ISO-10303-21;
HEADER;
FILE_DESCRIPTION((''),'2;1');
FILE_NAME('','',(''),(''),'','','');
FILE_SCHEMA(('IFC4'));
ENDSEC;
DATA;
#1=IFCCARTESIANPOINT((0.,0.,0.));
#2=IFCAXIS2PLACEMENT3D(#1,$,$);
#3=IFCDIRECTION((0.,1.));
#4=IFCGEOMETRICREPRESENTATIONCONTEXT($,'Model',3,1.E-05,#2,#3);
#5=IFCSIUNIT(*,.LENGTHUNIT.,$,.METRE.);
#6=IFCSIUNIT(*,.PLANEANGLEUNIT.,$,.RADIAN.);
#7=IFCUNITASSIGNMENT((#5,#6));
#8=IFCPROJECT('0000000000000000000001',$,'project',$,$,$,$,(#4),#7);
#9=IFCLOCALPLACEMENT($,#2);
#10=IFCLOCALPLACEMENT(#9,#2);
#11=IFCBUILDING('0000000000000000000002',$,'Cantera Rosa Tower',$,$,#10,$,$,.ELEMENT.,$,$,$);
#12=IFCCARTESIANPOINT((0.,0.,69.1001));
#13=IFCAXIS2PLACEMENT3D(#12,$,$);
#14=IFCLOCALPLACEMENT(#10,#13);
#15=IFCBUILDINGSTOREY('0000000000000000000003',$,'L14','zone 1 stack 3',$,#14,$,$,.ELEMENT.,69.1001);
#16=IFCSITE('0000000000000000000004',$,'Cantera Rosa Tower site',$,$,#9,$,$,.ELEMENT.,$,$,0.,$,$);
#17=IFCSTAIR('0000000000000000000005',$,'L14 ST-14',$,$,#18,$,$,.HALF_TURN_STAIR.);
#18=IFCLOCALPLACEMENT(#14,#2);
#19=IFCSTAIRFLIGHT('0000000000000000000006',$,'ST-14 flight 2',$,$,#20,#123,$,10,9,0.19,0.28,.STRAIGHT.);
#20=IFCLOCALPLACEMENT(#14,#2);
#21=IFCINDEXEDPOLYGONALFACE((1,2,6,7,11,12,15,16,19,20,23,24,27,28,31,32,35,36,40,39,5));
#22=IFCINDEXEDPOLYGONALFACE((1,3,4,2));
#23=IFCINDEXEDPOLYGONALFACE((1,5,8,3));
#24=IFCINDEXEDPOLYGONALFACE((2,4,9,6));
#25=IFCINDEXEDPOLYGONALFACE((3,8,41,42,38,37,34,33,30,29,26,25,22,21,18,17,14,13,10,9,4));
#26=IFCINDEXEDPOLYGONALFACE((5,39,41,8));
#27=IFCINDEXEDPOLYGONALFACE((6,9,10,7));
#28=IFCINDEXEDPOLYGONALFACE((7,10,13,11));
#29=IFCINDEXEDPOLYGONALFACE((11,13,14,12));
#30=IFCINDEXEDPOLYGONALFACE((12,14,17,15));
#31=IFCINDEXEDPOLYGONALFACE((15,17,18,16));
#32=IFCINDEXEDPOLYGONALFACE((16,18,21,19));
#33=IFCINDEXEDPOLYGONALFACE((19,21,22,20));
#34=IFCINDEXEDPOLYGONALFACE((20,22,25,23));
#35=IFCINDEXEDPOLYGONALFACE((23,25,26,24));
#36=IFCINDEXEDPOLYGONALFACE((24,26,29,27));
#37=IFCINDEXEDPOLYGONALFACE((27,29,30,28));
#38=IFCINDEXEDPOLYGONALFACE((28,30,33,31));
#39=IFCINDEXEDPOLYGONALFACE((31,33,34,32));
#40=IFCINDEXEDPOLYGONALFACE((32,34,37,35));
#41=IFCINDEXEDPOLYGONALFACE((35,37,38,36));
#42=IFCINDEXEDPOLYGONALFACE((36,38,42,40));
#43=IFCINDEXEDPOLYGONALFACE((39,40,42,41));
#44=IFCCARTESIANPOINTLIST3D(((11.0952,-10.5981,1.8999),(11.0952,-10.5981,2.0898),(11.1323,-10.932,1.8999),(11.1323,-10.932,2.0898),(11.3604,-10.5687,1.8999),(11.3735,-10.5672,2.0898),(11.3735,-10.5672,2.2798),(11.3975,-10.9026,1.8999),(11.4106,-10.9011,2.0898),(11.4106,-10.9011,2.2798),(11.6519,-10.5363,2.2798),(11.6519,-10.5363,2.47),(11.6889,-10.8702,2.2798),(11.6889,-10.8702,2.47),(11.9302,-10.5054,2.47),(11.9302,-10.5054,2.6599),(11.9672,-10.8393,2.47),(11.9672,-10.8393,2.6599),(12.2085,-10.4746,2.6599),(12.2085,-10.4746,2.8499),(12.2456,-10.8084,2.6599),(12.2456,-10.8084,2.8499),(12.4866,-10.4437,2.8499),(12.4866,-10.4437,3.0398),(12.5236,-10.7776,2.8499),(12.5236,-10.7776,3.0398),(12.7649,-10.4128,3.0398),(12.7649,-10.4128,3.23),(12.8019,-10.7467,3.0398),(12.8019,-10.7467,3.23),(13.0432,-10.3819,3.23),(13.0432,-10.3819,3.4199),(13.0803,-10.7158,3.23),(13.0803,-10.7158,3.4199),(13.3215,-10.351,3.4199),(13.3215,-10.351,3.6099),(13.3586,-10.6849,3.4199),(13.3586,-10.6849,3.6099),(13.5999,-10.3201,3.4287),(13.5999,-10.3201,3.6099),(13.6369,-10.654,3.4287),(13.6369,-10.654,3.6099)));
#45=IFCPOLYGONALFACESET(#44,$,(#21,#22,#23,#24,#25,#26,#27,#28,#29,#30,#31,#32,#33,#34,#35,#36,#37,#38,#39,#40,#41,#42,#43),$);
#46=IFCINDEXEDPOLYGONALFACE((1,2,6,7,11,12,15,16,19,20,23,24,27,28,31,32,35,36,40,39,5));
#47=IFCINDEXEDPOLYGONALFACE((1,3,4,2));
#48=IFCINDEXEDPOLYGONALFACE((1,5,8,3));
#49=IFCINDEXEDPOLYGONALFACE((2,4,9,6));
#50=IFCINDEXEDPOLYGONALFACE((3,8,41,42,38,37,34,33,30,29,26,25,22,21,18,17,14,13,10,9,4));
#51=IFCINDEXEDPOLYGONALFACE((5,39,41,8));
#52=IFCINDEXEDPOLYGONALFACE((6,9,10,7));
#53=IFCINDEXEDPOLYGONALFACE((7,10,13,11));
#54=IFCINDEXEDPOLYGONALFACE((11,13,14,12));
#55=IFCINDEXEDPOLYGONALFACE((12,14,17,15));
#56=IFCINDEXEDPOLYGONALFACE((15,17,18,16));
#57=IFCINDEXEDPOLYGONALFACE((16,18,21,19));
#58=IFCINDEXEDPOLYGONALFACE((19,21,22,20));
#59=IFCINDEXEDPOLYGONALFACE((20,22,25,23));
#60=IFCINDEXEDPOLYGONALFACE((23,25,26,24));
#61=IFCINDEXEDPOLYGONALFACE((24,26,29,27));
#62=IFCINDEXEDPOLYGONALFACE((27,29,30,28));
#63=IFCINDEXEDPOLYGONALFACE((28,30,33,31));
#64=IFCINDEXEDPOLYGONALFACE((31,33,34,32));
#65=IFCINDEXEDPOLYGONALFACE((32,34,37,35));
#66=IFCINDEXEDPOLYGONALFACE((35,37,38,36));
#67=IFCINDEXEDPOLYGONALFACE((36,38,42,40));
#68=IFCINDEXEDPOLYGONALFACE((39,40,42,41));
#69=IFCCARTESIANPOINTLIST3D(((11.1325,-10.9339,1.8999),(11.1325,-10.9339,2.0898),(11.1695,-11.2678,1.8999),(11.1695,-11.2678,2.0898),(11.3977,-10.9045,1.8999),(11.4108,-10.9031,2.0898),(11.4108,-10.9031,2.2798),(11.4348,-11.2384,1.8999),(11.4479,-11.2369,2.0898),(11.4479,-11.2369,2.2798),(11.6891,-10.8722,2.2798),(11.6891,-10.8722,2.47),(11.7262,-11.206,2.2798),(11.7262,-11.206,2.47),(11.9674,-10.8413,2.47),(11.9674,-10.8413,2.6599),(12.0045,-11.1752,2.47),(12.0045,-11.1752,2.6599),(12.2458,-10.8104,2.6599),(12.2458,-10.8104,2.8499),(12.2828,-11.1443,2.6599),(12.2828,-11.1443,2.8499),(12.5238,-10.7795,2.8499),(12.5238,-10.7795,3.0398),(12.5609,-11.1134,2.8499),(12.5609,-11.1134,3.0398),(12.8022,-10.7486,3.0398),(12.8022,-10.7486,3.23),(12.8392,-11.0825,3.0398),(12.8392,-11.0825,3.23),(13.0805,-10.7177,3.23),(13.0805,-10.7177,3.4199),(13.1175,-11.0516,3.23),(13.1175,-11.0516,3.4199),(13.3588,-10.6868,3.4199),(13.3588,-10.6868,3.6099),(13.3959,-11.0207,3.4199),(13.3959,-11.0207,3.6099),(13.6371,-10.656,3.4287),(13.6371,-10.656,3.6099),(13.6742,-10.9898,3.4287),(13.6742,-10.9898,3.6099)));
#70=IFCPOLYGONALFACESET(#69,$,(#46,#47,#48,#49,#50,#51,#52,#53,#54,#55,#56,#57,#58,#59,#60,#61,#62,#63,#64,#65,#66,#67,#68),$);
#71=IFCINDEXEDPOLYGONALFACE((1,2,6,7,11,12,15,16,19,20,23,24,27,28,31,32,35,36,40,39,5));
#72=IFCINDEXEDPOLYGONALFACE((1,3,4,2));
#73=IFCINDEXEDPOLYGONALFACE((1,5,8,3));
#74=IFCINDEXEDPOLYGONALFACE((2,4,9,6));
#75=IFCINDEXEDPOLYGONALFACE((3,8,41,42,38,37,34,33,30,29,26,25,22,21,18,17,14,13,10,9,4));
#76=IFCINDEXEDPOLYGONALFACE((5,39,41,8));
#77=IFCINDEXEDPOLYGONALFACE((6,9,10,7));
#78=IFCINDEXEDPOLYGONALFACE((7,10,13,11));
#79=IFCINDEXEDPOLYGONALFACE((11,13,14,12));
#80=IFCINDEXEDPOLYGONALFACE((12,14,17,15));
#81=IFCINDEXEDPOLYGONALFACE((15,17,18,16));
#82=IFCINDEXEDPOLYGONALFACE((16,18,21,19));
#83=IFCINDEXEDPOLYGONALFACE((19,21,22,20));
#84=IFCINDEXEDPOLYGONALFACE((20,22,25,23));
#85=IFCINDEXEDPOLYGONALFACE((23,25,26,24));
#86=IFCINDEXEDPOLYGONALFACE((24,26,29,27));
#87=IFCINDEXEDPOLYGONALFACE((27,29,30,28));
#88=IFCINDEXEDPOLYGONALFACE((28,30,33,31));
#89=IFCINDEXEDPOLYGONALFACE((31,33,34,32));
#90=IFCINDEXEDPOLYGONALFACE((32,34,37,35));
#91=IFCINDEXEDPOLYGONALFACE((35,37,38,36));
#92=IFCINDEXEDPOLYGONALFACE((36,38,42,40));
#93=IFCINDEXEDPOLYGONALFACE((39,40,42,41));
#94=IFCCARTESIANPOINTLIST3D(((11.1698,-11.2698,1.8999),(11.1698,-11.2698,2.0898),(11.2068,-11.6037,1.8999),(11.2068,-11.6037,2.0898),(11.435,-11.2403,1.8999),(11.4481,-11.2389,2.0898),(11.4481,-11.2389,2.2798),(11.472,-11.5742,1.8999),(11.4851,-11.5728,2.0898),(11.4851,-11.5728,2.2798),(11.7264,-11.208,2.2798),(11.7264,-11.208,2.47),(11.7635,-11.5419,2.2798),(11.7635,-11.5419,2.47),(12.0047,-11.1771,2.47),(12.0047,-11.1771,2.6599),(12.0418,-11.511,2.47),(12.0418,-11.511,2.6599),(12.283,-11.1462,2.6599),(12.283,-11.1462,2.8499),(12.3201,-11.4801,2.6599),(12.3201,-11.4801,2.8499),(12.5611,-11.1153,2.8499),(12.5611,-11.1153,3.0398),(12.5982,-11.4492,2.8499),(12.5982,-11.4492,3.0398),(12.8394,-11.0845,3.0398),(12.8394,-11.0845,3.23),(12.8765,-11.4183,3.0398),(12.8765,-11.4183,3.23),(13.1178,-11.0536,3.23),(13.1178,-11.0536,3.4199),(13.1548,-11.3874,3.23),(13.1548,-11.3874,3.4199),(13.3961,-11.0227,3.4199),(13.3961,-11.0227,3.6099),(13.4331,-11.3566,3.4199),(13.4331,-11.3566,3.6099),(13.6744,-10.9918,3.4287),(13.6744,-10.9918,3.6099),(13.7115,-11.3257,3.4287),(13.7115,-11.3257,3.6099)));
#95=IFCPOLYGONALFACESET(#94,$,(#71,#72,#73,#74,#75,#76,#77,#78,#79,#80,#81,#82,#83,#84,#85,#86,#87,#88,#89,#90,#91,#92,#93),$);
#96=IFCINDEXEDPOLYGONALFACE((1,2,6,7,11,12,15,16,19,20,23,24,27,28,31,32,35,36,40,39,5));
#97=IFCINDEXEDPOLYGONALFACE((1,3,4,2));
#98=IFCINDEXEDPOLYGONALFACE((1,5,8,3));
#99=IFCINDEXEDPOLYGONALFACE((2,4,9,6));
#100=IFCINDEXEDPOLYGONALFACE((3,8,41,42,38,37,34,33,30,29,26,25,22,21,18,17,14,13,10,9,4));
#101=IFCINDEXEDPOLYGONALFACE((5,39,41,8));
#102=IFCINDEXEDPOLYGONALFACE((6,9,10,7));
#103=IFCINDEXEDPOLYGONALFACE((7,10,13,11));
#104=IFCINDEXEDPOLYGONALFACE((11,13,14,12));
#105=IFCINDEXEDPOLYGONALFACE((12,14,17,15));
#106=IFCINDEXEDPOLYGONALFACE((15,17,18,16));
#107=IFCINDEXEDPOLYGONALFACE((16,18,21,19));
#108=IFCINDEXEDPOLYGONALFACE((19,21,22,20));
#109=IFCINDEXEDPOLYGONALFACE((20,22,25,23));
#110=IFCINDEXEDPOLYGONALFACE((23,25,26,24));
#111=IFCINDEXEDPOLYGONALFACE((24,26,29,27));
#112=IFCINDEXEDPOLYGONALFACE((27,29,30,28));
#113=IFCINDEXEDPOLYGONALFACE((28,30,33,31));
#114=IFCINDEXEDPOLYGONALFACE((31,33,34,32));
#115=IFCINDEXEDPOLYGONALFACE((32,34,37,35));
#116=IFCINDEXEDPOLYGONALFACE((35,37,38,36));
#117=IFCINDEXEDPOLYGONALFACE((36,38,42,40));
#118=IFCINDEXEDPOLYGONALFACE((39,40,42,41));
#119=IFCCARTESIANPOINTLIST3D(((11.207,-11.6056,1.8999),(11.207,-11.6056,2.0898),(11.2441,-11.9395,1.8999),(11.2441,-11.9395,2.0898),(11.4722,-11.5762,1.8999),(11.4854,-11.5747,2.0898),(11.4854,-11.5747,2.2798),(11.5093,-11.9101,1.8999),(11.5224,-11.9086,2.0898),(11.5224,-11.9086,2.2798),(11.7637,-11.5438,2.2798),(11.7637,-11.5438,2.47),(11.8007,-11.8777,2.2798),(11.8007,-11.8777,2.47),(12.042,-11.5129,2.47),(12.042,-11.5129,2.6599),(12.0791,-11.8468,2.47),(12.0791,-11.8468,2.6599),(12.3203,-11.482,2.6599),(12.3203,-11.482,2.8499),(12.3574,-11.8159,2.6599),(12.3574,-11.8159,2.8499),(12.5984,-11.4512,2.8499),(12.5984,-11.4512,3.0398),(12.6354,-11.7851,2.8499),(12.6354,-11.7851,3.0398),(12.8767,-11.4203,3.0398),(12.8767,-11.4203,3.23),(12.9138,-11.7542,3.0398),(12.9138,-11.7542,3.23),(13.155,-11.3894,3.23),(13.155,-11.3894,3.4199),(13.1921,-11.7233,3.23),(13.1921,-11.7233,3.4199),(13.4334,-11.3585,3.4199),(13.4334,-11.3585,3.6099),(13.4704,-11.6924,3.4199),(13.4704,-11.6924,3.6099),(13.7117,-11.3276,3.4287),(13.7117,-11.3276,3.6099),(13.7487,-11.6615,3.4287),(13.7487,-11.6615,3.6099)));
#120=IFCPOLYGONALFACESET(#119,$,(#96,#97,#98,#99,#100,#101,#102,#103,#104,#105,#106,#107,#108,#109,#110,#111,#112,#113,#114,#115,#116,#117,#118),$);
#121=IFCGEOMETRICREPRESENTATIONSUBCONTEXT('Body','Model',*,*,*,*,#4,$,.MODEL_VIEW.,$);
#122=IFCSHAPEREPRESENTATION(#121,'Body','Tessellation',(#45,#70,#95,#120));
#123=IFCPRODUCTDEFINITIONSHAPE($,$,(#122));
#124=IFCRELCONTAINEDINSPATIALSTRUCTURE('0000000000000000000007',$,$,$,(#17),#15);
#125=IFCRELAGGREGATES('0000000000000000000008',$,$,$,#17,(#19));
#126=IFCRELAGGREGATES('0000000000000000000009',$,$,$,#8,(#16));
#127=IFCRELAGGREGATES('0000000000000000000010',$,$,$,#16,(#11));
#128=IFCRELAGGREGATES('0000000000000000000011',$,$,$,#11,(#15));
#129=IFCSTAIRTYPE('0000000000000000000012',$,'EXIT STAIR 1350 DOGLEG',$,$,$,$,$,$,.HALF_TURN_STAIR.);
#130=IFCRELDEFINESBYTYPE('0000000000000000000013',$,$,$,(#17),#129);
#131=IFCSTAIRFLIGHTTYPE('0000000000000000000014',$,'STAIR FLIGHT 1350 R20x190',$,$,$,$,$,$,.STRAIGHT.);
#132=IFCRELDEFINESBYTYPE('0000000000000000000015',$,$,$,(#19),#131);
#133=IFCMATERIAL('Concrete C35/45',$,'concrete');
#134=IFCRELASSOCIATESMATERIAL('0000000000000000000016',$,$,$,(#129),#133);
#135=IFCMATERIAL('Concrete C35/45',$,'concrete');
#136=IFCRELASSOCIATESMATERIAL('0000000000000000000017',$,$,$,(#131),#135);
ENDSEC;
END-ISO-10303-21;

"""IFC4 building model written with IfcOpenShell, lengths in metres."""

from ifc_helpers import new_model, si_unit, direction, frame, origin, place, context, subcontext, project, spatial, polyline, outline, extrude, material, type_object, element, aggregate, save


model = new_model("IFC4")

# Units and contexts
model_context = context("Model", 3, precision=1e-05, world=origin(), true_north=direction((0.0, 1.0)))
body_context = subcontext(model_context, "Body", "Model", "MODEL_VIEW")
ifc_project = project(units=[si_unit("LENGTHUNIT", "METRE"), si_unit("PLANEANGLEUNIT", "RADIAN")], contexts=[model_context])

# Site, building, storey
site_placement = place(None, origin())
site = spatial("IfcSite", under=ifc_project, at=site_placement, Name="Cantera Rosa Tower site", CompositionType="ELEMENT", RefElevation=0.0)
building_placement = place(site_placement, origin())
building = spatial("IfcBuilding", under=site, at=building_placement, Name="Cantera Rosa Tower", CompositionType="ELEMENT")
storey_placement = place(building_placement, frame((0.0, 0.0, 69.1001)))
storey = spatial("IfcBuildingStorey", under=building, at=storey_placement, Name="L14", Description="zone 1 stack 3", CompositionType="ELEMENT", Elevation=69.1001)

# Stair, stair flight
ifc_material_1 = material(Name="Concrete C35/45", Category="concrete")
stair_type = type_object("IfcStairType", Name="EXIT STAIR 1350 DOGLEG", PredefinedType="HALF_TURN_STAIR", material=ifc_material_1)
stair_placement = place(storey_placement, origin())
stair = element("IfcStair", 1, at=stair_placement, inside=storey, type_object=stair_type, Name="L14 ST-14", PredefinedType="HALF_TURN_STAIR")
ifc_material_2 = material(Name="Concrete C35/45", Category="concrete")
stair_flight_type = type_object("IfcStairFlightType", Name="STAIR FLIGHT 1350 R20x190", PredefinedType="STRAIGHT", material=ifc_material_2)
stair_flight_placement = place(storey_placement, frame((11.1697, -11.269, 1.8999), z_axis=(0.0, 0.0, 1.0), x_axis=(0.993897, 0.110313, 0.0)))
stair_flight = element("IfcStairFlight", 2, at=stair_flight_placement, type_object=stair_flight_type, Name="ST-14 flight 2", NumberOfRisers=10, NumberOfTreads=9, PredefinedType="STRAIGHT", RiserHeight=0.19, TreadLength=0.28, context=body_context, shape_type="SweptSolid", body=[
    extrude(outline(polyline([(0.0, 0.0), (0.0, 0.1899), (0.28, 0.1899), (0.28, 0.3799), (0.5601, 0.3799), (0.5601, 0.5701), (0.8401, 0.5701), (0.8401, 0.76), (1.1201, 0.76), (1.1201, 0.95), (1.3999, 0.95), (1.3999, 1.1399), (1.6799, 1.1399), (1.6799, 1.3301), (1.96, 1.3301), (1.96, 1.52), (2.24, 1.52), (2.24, 1.71), (2.52, 1.71), (2.52, 1.8999), (2.52, 1.5288), (0.2668, 0.0), (0.0, 0.0)])), frame((0.0, 0.675, 0.0), z_axis=(0.0, -1.0, 0.0), x_axis=(1.0, 0.0, 0.0)), (0.0, 0.0, 1.0), 0.3359),
    extrude(outline(polyline([(0.0, 0.0), (0.0, 0.1899), (0.28, 0.1899), (0.28, 0.3799), (0.5601, 0.3799), (0.5601, 0.5701), (0.8401, 0.5701), (0.8401, 0.76), (1.1201, 0.76), (1.1201, 0.95), (1.3999, 0.95), (1.3999, 1.1399), (1.6799, 1.1399), (1.6799, 1.3301), (1.96, 1.3301), (1.96, 1.52), (2.24, 1.52), (2.24, 1.71), (2.52, 1.71), (2.52, 1.8999), (2.52, 1.5288), (0.2668, 0.0), (0.0, 0.0)])), frame((0.0, 0.3372, 0.0), z_axis=(0.0, -1.0, 0.0), x_axis=(1.0, 0.0, 0.0)), (0.0, 0.0, 1.0), 0.3359),
    extrude(outline(polyline([(0.0, 0.0), (0.0, 0.1899), (0.28, 0.1899), (0.28, 0.3799), (0.5601, 0.3799), (0.5601, 0.5701), (0.8401, 0.5701), (0.8401, 0.76), (1.1201, 0.76), (1.1201, 0.95), (1.3999, 0.95), (1.3999, 1.1399), (1.6799, 1.1399), (1.6799, 1.3301), (1.96, 1.3301), (1.96, 1.52), (2.24, 1.52), (2.24, 1.71), (2.52, 1.71), (2.52, 1.8999), (2.52, 1.5288), (0.2668, 0.0), (0.0, 0.0)])), frame((0.0, -0.0007, 0.0), z_axis=(0.0, -1.0, 0.0), x_axis=(1.0, 0.0, 0.0)), (0.0, 0.0, 1.0), 0.3359),
    extrude(outline(polyline([(0.0, 0.0), (0.0, 0.1899), (0.28, 0.1899), (0.28, 0.3799), (0.5601, 0.3799), (0.5601, 0.5701), (0.8401, 0.5701), (0.8401, 0.76), (1.1201, 0.76), (1.1201, 0.95), (1.3999, 0.95), (1.3999, 1.1399), (1.6799, 1.1399), (1.6799, 1.3301), (1.96, 1.3301), (1.96, 1.52), (2.24, 1.52), (2.24, 1.71), (2.52, 1.71), (2.52, 1.8999), (2.52, 1.5288), (0.2668, 0.0), (0.0, 0.0)])), frame((0.0, -0.3386, 0.0), z_axis=(0.0, -1.0, 0.0), x_axis=(1.0, 0.0, 0.0)), (0.0, 0.0, 1.0), 0.3359),
])
aggregate(stair, [stair_flight])

save(model, "model.ifc")
